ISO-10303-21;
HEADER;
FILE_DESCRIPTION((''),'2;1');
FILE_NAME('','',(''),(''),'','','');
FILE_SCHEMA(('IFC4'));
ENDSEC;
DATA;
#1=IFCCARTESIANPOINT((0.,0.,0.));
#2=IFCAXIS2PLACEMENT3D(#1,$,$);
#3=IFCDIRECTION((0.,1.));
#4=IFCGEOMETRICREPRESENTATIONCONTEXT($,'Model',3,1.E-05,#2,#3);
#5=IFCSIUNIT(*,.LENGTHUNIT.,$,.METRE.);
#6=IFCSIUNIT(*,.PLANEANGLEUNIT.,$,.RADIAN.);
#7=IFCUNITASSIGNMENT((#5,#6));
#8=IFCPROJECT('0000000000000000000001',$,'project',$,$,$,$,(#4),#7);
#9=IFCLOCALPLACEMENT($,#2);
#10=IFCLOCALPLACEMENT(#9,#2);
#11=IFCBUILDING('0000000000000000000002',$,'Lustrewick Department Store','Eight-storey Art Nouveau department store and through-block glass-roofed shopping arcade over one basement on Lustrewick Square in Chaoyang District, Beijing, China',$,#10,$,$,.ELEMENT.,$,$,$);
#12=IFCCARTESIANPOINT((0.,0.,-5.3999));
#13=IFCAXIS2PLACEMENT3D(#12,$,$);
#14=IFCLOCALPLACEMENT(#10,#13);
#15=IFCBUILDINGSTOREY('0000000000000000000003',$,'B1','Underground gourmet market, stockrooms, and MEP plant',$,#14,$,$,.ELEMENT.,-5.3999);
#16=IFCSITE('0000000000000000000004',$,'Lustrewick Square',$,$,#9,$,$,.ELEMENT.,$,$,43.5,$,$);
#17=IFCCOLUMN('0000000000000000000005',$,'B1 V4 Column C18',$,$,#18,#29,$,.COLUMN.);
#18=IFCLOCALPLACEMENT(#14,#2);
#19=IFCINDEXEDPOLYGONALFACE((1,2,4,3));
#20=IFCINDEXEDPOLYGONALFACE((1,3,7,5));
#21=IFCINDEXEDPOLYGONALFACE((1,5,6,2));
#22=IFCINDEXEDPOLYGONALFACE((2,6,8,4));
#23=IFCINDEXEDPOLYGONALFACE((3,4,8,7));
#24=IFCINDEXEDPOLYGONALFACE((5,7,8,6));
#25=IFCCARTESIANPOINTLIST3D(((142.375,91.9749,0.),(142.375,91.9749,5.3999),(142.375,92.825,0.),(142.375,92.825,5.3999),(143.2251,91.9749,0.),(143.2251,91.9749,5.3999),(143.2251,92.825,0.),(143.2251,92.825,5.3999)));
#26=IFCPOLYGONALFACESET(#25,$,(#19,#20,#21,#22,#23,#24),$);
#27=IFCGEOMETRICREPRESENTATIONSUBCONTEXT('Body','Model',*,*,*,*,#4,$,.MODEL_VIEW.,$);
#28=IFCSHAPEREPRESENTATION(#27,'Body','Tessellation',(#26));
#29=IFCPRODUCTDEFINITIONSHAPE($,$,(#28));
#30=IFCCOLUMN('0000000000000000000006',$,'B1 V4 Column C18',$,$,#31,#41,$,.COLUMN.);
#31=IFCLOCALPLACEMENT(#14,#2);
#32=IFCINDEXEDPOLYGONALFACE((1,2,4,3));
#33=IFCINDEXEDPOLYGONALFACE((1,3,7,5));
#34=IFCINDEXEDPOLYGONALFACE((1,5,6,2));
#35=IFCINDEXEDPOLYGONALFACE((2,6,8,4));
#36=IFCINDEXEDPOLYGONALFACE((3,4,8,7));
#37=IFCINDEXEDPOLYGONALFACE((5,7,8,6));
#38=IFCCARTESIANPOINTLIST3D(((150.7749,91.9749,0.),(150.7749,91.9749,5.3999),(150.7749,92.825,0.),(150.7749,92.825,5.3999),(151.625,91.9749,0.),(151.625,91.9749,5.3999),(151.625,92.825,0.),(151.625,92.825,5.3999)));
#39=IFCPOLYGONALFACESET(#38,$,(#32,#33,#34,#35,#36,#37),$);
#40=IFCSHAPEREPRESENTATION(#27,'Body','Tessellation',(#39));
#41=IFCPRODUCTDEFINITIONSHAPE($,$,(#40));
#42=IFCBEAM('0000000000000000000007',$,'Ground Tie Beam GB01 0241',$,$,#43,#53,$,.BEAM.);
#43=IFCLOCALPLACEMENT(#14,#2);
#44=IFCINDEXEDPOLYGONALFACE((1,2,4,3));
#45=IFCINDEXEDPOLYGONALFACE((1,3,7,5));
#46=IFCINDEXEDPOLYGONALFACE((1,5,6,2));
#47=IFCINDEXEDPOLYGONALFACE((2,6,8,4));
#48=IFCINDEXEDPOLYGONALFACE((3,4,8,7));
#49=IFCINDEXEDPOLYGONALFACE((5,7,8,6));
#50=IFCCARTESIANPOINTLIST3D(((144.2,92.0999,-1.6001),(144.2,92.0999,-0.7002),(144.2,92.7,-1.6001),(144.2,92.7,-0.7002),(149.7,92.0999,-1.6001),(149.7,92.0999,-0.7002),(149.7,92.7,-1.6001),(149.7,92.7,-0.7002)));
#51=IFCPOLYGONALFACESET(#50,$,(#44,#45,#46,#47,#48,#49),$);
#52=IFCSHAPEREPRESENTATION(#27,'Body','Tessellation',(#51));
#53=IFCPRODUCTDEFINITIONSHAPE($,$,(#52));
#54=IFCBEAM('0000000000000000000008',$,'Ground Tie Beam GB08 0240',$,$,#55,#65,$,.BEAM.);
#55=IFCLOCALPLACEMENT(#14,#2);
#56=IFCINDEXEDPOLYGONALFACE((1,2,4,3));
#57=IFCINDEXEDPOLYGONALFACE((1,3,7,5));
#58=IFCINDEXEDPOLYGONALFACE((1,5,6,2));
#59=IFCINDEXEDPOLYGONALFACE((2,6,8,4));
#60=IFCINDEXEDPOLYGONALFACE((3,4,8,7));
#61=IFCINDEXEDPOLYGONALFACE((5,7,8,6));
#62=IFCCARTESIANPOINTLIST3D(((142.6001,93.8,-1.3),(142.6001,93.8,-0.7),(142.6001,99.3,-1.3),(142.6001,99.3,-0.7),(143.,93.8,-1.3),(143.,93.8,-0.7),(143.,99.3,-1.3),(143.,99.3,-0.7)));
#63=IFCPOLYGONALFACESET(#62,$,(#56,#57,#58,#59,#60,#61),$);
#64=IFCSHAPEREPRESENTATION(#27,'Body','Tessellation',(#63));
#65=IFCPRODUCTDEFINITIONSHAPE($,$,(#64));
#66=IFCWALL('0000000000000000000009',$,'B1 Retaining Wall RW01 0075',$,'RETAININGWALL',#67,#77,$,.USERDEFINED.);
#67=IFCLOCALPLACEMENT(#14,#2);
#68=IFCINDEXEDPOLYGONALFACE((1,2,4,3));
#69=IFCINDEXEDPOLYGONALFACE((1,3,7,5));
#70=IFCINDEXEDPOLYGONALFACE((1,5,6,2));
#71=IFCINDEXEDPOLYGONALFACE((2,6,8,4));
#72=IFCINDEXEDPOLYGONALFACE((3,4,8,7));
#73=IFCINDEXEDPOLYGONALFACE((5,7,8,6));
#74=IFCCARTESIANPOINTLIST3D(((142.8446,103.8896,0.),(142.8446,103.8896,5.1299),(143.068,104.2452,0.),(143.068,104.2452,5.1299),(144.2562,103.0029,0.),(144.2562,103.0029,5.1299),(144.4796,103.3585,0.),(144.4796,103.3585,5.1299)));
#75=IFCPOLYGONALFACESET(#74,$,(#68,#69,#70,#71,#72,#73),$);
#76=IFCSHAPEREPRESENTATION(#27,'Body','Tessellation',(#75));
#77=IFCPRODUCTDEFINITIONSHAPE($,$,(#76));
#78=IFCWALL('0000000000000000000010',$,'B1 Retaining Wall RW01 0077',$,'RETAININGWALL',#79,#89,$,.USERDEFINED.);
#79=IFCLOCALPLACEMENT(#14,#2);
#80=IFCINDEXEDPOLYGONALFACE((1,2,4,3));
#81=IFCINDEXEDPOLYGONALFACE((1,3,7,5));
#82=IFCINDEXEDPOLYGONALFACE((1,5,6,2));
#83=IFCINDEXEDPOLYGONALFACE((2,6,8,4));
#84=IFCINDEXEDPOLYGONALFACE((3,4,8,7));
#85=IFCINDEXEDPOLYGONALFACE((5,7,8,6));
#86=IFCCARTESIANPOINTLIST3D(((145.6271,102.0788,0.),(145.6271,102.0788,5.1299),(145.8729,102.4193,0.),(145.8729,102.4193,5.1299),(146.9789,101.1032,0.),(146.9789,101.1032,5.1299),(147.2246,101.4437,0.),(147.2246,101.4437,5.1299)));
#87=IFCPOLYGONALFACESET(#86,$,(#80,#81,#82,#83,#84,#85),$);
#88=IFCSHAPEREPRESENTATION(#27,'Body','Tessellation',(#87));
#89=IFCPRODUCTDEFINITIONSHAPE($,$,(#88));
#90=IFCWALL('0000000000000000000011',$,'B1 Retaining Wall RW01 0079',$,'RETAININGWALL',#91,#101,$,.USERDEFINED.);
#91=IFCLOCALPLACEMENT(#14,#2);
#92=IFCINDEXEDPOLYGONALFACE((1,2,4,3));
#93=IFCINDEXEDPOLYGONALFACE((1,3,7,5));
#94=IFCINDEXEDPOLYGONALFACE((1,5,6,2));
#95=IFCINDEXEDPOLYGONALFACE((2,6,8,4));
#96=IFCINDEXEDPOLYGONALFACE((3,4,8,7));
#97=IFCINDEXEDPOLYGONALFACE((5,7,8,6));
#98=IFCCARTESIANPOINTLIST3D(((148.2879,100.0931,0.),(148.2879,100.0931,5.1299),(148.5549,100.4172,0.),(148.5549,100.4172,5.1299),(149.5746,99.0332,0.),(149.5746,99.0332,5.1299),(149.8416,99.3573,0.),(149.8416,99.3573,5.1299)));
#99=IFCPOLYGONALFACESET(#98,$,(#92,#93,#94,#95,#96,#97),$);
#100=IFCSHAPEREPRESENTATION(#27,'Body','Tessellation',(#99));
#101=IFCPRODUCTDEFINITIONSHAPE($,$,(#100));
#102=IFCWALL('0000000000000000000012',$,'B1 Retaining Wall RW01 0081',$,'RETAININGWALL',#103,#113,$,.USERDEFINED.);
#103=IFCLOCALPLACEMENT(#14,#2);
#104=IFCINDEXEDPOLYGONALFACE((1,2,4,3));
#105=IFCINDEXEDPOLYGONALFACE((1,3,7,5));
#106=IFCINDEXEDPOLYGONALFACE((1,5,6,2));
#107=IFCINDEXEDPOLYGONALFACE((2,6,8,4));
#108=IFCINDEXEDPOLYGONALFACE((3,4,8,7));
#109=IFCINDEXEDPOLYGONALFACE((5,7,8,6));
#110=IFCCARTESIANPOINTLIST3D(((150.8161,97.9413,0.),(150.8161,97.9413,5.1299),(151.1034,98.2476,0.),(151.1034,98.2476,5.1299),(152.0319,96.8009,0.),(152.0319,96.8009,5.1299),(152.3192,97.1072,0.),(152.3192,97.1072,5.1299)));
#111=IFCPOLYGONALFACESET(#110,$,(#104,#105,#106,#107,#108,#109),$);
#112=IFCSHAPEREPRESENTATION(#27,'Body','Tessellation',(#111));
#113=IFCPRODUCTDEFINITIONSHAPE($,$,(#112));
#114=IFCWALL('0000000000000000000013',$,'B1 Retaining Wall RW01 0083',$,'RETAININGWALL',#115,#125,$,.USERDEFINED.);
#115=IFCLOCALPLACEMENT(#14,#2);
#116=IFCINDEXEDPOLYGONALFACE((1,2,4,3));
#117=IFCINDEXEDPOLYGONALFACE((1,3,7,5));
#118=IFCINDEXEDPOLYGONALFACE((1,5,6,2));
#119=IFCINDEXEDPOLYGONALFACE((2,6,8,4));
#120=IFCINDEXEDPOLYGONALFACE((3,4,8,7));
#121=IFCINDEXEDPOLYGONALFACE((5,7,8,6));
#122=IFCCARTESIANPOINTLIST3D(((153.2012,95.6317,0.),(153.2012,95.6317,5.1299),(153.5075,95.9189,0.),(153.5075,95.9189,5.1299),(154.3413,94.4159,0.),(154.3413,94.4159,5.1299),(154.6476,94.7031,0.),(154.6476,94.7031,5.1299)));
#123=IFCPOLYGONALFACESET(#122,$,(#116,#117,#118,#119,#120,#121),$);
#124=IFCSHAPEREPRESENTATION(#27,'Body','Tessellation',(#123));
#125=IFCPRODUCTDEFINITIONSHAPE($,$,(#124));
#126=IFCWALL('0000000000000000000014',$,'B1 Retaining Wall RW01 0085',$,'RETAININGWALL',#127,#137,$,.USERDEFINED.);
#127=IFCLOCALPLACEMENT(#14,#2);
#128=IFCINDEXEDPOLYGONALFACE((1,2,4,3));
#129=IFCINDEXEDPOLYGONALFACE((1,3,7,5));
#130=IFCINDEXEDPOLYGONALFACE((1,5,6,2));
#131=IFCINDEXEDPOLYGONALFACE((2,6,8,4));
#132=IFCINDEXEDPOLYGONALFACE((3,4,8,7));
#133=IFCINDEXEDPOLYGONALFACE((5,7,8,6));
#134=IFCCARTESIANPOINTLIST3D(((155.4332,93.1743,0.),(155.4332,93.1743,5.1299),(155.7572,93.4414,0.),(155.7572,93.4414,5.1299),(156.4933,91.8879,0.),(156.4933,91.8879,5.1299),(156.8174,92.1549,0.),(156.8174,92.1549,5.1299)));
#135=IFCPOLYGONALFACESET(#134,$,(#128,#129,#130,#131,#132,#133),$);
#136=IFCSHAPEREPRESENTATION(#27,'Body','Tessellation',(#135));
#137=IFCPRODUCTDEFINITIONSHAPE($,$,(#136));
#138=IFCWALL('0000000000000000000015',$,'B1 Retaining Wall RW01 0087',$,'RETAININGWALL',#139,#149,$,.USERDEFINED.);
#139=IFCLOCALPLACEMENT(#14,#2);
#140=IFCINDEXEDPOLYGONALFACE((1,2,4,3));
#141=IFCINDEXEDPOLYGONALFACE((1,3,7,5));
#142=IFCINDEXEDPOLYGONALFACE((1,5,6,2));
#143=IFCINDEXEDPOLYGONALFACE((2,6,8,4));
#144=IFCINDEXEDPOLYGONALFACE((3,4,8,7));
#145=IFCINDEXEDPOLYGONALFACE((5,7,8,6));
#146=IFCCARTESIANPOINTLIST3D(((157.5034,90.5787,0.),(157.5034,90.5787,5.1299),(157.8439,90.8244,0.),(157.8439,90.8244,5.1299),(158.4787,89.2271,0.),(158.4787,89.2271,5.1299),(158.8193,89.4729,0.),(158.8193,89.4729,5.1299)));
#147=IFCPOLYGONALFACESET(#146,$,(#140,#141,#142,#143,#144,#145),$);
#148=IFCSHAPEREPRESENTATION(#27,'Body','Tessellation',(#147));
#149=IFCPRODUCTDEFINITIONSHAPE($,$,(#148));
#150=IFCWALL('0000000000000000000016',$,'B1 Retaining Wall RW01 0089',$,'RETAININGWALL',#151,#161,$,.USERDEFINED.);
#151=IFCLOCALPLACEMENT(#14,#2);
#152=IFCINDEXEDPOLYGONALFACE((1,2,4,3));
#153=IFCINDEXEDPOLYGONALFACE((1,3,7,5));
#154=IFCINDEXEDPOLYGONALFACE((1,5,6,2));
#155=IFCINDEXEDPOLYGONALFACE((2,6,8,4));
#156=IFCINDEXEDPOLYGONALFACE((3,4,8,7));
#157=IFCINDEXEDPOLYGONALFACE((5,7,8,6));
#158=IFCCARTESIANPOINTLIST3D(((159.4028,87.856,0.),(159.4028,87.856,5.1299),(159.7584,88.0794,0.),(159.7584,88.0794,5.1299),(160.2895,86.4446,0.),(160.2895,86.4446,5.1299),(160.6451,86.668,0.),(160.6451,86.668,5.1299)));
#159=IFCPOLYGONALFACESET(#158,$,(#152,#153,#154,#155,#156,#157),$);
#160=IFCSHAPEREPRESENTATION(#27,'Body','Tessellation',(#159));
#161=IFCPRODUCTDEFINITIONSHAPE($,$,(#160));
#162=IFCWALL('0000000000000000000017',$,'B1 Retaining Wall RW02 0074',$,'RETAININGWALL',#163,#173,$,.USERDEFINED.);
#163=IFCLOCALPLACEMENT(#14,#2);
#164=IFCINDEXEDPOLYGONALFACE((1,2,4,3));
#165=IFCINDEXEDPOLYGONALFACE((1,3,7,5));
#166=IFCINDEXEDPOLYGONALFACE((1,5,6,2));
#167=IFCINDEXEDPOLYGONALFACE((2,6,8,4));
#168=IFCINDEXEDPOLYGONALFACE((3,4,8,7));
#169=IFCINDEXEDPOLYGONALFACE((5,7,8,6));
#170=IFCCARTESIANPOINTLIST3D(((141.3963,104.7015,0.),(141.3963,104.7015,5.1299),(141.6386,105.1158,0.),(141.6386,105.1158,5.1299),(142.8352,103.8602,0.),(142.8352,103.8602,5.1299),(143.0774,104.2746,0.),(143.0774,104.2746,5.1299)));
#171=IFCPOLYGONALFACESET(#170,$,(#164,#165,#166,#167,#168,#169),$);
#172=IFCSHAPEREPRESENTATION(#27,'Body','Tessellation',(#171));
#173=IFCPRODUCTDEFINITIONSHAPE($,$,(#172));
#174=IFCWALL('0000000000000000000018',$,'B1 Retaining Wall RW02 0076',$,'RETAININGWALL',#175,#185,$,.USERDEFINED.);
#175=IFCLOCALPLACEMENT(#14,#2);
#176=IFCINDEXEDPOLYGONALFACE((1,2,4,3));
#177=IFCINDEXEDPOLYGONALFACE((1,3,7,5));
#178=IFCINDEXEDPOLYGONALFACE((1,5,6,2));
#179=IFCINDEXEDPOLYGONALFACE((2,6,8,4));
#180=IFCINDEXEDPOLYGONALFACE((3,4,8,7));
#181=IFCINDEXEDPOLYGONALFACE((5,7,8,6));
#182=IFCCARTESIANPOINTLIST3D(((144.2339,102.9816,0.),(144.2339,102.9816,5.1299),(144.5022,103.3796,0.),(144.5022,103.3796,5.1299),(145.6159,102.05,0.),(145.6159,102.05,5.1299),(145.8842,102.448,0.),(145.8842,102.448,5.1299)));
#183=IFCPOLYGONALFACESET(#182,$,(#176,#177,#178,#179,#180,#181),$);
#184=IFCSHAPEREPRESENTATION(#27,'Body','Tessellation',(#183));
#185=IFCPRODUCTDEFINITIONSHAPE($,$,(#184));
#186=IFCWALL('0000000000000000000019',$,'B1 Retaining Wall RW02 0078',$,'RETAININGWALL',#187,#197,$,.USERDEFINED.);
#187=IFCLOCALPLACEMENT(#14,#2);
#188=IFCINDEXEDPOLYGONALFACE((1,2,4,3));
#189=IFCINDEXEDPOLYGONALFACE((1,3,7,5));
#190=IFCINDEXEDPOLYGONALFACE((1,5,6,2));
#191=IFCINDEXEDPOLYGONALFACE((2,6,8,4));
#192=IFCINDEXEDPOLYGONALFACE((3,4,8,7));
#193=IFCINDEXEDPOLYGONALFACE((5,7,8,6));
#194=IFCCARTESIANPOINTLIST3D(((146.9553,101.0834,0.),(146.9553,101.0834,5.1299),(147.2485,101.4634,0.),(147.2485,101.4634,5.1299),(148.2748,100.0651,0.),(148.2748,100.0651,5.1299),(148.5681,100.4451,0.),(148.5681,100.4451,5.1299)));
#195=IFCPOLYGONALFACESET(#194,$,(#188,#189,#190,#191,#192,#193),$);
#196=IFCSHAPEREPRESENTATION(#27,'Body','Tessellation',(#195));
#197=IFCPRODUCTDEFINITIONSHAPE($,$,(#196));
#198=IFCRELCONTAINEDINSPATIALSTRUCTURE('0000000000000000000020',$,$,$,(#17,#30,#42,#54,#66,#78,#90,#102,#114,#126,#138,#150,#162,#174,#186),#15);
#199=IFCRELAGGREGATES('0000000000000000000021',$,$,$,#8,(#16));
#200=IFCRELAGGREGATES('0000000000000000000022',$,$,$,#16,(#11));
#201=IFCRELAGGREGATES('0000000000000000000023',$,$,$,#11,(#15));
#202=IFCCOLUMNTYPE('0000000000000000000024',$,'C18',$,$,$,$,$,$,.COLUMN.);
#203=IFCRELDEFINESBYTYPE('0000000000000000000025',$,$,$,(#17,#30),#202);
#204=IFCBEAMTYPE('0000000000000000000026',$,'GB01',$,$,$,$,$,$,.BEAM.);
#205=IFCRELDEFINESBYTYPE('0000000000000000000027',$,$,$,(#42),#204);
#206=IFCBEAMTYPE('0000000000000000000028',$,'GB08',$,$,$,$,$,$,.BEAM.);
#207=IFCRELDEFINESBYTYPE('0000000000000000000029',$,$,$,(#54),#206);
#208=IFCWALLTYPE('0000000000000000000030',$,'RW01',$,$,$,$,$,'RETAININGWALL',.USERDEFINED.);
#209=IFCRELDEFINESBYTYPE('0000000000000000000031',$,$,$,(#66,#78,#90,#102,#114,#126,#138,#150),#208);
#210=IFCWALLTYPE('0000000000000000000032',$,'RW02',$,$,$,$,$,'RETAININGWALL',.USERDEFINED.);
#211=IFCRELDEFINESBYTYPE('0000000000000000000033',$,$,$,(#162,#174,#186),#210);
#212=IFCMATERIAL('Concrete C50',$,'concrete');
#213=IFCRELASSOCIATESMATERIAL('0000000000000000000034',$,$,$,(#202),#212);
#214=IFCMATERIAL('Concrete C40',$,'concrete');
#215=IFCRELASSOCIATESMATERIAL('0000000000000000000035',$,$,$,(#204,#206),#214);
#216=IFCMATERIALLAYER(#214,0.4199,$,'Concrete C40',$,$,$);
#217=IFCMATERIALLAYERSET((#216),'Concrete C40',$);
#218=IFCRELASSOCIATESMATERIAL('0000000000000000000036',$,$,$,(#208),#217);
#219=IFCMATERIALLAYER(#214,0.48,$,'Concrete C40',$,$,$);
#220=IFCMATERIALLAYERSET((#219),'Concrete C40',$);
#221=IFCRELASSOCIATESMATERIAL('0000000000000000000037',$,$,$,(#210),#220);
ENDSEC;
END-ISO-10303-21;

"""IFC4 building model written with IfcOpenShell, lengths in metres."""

from ifc_helpers import new_model, si_unit, direction, frame, frame_2d, origin, origin_2d, place, context, subcontext, project, spatial, rectangle, extrude, material, layer, layer_set, material_profile, profile_set, type_object, element, save


model = new_model("IFC4")

# Units and contexts
model_context = context("Model", 3, precision=1e-05, world=origin(), true_north=direction((0.0, 1.0)))
body_context = subcontext(model_context, "Body", "Model", "MODEL_VIEW")
ifc_project = project(units=[si_unit("LENGTHUNIT", "METRE"), si_unit("PLANEANGLEUNIT", "RADIAN")], contexts=[model_context])

# Site, building, storey
site_placement = place(None, origin())
site = spatial("IfcSite", under=ifc_project, at=site_placement, Name="Lustrewick Square", CompositionType="ELEMENT", RefElevation=43.5)
building_placement = place(site_placement, origin())
building = spatial("IfcBuilding", under=site, at=building_placement, Name="Lustrewick Department Store", Description="Eight-storey Art Nouveau department store and through-block glass-roofed shopping arcade over one basement on Lustrewick Square in Chaoyang District, Beijing, China", CompositionType="ELEMENT")
storey_placement = place(building_placement, frame((0.0, 0.0, -5.3999)))
storey = spatial("IfcBuildingStorey", under=building, at=storey_placement, Name="B1", Description="Underground gourmet market, stockrooms, and MEP plant", CompositionType="ELEMENT", Elevation=-5.3999)

# Shared definitions
ifc_material_1 = material(Name="Concrete C40", Category="concrete")

# Columns
ifc_material_2 = material(Name="Concrete C50", Category="concrete")
ifc_material_profile_1 = material_profile(ifc_material_2, rectangle(XDim=0.8501, YDim=0.8501, at=origin_2d()), Name="RC 850x850")
ifc_profile_set_1 = profile_set([ifc_material_profile_1], Name="Concrete C50")
column_type_1 = type_object("IfcColumnType", Name="C18", PredefinedType="COLUMN", material=ifc_profile_set_1)
for number, where, z_axis, x_axis, name in (
    (1, (142.8, 92.3999, 0.0), (0.0, 0.0, 1.0), (1.0, 0.0, 0.0), "B1 V4 Column C18"),
    (2, (151.2, 92.3999, 0.0), (0.0, 0.0, 1.0), (1.0, 0.0, 0.0), "B1 V4 Column C18"),
):
    element("IfcColumn", number, at=place(storey_placement, frame(where, z_axis=z_axis, x_axis=x_axis)), inside=storey, type_object=column_type_1, Name=name, PredefinedType="COLUMN", context=body_context, shape_type="SweptSolid", body=[
        extrude(rectangle(XDim=0.8501, YDim=0.8501, at=origin_2d()), origin(), (0.0, 0.0, 1.0), 5.3999),
    ])

# Beams
ifc_material_profile_2 = material_profile(ifc_material_1, rectangle(XDim=0.6001, YDim=0.8999, at=origin_2d()), Name="RC 600x900")
ifc_profile_set_2 = profile_set([ifc_material_profile_2], Name="Concrete C40")
beam_type_1 = type_object("IfcBeamType", Name="GB01", PredefinedType="BEAM", material=ifc_profile_set_2)
beam_1_placement = place(storey_placement, frame((144.2, 92.3999, -1.1501), z_axis=(1.0, 0.0, 0.0), x_axis=(0.0, 1.0, 0.0)))
element("IfcBeam", 3, at=beam_1_placement, inside=storey, type_object=beam_type_1, Name="Ground Tie Beam GB01 0241", PredefinedType="BEAM", context=body_context, shape_type="SweptSolid", body=[
    extrude(rectangle(XDim=0.6001, YDim=0.8999, at=origin_2d()), origin(), (0.0, 0.0, 1.0), 5.5),
])
ifc_material_profile_3 = material_profile(ifc_material_1, rectangle(XDim=0.3999, YDim=0.6001, at=origin_2d()), Name="RC 400x600")
ifc_profile_set_3 = profile_set([ifc_material_profile_3], Name="Concrete C40")
beam_type_2 = type_object("IfcBeamType", Name="GB08", PredefinedType="BEAM", material=ifc_profile_set_3)
beam_2_placement = place(storey_placement, frame((142.8, 93.8, -1.0), z_axis=(0.0, 1.0, 0.0), x_axis=(-1.0, 0.0, 0.0)))
element("IfcBeam", 4, at=beam_2_placement, inside=storey, type_object=beam_type_2, Name="Ground Tie Beam GB08 0240", PredefinedType="BEAM", context=body_context, shape_type="SweptSolid", body=[
    extrude(rectangle(XDim=0.3999, YDim=0.6001, at=origin_2d()), origin(), (0.0, 0.0, 1.0), 5.5),
])

# Walls
ifc_layer_1 = layer(ifc_material_1, 0.4199, Name="Concrete C40")
ifc_layer_set_1 = layer_set([ifc_layer_1], Name="Concrete C40")
wall_type_1 = type_object("IfcWallType", Name="RW01", ElementType="RETAININGWALL", PredefinedType="USERDEFINED", material=ifc_layer_set_1)
for number, where, z_axis, x_axis, name in (
    (5, (142.9563, 104.0674, 0.0), (0.0, 0.0, 1.0), (0.846795, -0.53192, 0.0), "B1 Retaining Wall RW01 0075"),
    (6, (145.75, 102.249, 0.0), (0.0, 0.0, 1.0), (0.810884, -0.585207, 0.0), "B1 Retaining Wall RW01 0077"),
    (7, (148.4214, 100.2551, 0.0), (0.0, 0.0, 1.0), (0.771858, -0.635795, 0.0), "B1 Retaining Wall RW01 0079"),
    (8, (150.9597, 98.0945, 0.0), (0.0, 0.0, 1.0), (0.729373, -0.684116, 0.0), "B1 Retaining Wall RW01 0081"),
):
    element("IfcWall", number, at=place(storey_placement, frame(where, z_axis=z_axis, x_axis=x_axis)), inside=storey, type_object=wall_type_1, Name=name, ObjectType="RETAININGWALL", PredefinedType="USERDEFINED", context=body_context, shape_type="SweptSolid", body=[
        extrude(rectangle(XDim=1.667, YDim=0.4199, at=frame_2d((0.8335, 0.0))), origin(), (0.0, 0.0, 1.0), 5.1299),
    ])
wall_1_placement = place(storey_placement, frame((153.3542, 95.7754, 0.0), z_axis=(0.0, 0.0, 1.0), x_axis=(0.684039, -0.729446, 0.0)))
element("IfcWall", 9, at=wall_1_placement, inside=storey, type_object=wall_type_1, Name="B1 Retaining Wall RW01 0083", ObjectType="RETAININGWALL", PredefinedType="USERDEFINED", context=body_context, shape_type="SweptSolid", body=[
    extrude(rectangle(XDim=1.6667, YDim=0.4199, at=frame_2d((0.8335, 0.0))), origin(), (0.0, 0.0, 1.0), 5.1299),
])
wall_2_placement = place(storey_placement, frame((155.5952, 93.3079, 0.0), z_axis=(0.0, 0.0, 1.0), x_axis=(0.635954, -0.771727, 0.0)))
element("IfcWall", 10, at=wall_2_placement, inside=storey, type_object=wall_type_1, Name="B1 Retaining Wall RW01 0085", ObjectType="RETAININGWALL", PredefinedType="USERDEFINED", context=body_context, shape_type="SweptSolid", body=[
    extrude(rectangle(XDim=1.667, YDim=0.4199, at=frame_2d((0.8335, 0.0))), origin(), (0.0, 0.0, 1.0), 5.1299),
])
for number, where, z_axis, x_axis, name in (
    (11, (157.6736, 90.7017, 0.0), (0.0, 0.0, 1.0), (0.58518, -0.810903, 0.0), "B1 Retaining Wall RW01 0087"),
    (12, (159.5806, 87.9678, 0.0), (0.0, 0.0, 1.0), (0.531986, -0.846753, 0.0), "B1 Retaining Wall RW01 0089"),
):
    element("IfcWall", number, at=place(storey_placement, frame(where, z_axis=z_axis, x_axis=x_axis)), inside=storey, type_object=wall_type_1, Name=name, ObjectType="RETAININGWALL", PredefinedType="USERDEFINED", context=body_context, shape_type="SweptSolid", body=[
        extrude(rectangle(XDim=1.6667, YDim=0.4199, at=frame_2d((0.8335, 0.0))), origin(), (0.0, 0.0, 1.0), 5.1299),
    ])
ifc_layer_2 = layer(ifc_material_1, 0.48, Name="Concrete C40")
ifc_layer_set_2 = layer_set([ifc_layer_2], Name="Concrete C40")
wall_type_2 = type_object("IfcWallType", Name="RW02", ElementType="RETAININGWALL", PredefinedType="USERDEFINED", material=ifc_layer_set_2)
for number, where, z_axis, x_axis, name in (
    (13, (141.5173, 104.9087, 0.0), (0.0, 0.0, 1.0), (0.863279, -0.504727, 0.0), "B1 Retaining Wall RW02 0074"),
    (14, (144.3679, 103.1807, 0.0), (0.0, 0.0, 1.0), (0.8292, -0.558952, 0.0), "B1 Retaining Wall RW02 0076"),
    (15, (147.1018, 101.2734, 0.0), (0.0, 0.0, 1.0), (0.791681, -0.610935, 0.0), "B1 Retaining Wall RW02 0078"),
):
    element("IfcWall", number, at=place(storey_placement, frame(where, z_axis=z_axis, x_axis=x_axis)), inside=storey, type_object=wall_type_2, Name=name, ObjectType="RETAININGWALL", PredefinedType="USERDEFINED", context=body_context, shape_type="SweptSolid", body=[
        extrude(rectangle(XDim=1.6667, YDim=0.48, at=frame_2d((0.8335, 0.0))), origin(), (0.0, 0.0, 1.0), 5.1299),
    ])

save(model, "model.ifc")
